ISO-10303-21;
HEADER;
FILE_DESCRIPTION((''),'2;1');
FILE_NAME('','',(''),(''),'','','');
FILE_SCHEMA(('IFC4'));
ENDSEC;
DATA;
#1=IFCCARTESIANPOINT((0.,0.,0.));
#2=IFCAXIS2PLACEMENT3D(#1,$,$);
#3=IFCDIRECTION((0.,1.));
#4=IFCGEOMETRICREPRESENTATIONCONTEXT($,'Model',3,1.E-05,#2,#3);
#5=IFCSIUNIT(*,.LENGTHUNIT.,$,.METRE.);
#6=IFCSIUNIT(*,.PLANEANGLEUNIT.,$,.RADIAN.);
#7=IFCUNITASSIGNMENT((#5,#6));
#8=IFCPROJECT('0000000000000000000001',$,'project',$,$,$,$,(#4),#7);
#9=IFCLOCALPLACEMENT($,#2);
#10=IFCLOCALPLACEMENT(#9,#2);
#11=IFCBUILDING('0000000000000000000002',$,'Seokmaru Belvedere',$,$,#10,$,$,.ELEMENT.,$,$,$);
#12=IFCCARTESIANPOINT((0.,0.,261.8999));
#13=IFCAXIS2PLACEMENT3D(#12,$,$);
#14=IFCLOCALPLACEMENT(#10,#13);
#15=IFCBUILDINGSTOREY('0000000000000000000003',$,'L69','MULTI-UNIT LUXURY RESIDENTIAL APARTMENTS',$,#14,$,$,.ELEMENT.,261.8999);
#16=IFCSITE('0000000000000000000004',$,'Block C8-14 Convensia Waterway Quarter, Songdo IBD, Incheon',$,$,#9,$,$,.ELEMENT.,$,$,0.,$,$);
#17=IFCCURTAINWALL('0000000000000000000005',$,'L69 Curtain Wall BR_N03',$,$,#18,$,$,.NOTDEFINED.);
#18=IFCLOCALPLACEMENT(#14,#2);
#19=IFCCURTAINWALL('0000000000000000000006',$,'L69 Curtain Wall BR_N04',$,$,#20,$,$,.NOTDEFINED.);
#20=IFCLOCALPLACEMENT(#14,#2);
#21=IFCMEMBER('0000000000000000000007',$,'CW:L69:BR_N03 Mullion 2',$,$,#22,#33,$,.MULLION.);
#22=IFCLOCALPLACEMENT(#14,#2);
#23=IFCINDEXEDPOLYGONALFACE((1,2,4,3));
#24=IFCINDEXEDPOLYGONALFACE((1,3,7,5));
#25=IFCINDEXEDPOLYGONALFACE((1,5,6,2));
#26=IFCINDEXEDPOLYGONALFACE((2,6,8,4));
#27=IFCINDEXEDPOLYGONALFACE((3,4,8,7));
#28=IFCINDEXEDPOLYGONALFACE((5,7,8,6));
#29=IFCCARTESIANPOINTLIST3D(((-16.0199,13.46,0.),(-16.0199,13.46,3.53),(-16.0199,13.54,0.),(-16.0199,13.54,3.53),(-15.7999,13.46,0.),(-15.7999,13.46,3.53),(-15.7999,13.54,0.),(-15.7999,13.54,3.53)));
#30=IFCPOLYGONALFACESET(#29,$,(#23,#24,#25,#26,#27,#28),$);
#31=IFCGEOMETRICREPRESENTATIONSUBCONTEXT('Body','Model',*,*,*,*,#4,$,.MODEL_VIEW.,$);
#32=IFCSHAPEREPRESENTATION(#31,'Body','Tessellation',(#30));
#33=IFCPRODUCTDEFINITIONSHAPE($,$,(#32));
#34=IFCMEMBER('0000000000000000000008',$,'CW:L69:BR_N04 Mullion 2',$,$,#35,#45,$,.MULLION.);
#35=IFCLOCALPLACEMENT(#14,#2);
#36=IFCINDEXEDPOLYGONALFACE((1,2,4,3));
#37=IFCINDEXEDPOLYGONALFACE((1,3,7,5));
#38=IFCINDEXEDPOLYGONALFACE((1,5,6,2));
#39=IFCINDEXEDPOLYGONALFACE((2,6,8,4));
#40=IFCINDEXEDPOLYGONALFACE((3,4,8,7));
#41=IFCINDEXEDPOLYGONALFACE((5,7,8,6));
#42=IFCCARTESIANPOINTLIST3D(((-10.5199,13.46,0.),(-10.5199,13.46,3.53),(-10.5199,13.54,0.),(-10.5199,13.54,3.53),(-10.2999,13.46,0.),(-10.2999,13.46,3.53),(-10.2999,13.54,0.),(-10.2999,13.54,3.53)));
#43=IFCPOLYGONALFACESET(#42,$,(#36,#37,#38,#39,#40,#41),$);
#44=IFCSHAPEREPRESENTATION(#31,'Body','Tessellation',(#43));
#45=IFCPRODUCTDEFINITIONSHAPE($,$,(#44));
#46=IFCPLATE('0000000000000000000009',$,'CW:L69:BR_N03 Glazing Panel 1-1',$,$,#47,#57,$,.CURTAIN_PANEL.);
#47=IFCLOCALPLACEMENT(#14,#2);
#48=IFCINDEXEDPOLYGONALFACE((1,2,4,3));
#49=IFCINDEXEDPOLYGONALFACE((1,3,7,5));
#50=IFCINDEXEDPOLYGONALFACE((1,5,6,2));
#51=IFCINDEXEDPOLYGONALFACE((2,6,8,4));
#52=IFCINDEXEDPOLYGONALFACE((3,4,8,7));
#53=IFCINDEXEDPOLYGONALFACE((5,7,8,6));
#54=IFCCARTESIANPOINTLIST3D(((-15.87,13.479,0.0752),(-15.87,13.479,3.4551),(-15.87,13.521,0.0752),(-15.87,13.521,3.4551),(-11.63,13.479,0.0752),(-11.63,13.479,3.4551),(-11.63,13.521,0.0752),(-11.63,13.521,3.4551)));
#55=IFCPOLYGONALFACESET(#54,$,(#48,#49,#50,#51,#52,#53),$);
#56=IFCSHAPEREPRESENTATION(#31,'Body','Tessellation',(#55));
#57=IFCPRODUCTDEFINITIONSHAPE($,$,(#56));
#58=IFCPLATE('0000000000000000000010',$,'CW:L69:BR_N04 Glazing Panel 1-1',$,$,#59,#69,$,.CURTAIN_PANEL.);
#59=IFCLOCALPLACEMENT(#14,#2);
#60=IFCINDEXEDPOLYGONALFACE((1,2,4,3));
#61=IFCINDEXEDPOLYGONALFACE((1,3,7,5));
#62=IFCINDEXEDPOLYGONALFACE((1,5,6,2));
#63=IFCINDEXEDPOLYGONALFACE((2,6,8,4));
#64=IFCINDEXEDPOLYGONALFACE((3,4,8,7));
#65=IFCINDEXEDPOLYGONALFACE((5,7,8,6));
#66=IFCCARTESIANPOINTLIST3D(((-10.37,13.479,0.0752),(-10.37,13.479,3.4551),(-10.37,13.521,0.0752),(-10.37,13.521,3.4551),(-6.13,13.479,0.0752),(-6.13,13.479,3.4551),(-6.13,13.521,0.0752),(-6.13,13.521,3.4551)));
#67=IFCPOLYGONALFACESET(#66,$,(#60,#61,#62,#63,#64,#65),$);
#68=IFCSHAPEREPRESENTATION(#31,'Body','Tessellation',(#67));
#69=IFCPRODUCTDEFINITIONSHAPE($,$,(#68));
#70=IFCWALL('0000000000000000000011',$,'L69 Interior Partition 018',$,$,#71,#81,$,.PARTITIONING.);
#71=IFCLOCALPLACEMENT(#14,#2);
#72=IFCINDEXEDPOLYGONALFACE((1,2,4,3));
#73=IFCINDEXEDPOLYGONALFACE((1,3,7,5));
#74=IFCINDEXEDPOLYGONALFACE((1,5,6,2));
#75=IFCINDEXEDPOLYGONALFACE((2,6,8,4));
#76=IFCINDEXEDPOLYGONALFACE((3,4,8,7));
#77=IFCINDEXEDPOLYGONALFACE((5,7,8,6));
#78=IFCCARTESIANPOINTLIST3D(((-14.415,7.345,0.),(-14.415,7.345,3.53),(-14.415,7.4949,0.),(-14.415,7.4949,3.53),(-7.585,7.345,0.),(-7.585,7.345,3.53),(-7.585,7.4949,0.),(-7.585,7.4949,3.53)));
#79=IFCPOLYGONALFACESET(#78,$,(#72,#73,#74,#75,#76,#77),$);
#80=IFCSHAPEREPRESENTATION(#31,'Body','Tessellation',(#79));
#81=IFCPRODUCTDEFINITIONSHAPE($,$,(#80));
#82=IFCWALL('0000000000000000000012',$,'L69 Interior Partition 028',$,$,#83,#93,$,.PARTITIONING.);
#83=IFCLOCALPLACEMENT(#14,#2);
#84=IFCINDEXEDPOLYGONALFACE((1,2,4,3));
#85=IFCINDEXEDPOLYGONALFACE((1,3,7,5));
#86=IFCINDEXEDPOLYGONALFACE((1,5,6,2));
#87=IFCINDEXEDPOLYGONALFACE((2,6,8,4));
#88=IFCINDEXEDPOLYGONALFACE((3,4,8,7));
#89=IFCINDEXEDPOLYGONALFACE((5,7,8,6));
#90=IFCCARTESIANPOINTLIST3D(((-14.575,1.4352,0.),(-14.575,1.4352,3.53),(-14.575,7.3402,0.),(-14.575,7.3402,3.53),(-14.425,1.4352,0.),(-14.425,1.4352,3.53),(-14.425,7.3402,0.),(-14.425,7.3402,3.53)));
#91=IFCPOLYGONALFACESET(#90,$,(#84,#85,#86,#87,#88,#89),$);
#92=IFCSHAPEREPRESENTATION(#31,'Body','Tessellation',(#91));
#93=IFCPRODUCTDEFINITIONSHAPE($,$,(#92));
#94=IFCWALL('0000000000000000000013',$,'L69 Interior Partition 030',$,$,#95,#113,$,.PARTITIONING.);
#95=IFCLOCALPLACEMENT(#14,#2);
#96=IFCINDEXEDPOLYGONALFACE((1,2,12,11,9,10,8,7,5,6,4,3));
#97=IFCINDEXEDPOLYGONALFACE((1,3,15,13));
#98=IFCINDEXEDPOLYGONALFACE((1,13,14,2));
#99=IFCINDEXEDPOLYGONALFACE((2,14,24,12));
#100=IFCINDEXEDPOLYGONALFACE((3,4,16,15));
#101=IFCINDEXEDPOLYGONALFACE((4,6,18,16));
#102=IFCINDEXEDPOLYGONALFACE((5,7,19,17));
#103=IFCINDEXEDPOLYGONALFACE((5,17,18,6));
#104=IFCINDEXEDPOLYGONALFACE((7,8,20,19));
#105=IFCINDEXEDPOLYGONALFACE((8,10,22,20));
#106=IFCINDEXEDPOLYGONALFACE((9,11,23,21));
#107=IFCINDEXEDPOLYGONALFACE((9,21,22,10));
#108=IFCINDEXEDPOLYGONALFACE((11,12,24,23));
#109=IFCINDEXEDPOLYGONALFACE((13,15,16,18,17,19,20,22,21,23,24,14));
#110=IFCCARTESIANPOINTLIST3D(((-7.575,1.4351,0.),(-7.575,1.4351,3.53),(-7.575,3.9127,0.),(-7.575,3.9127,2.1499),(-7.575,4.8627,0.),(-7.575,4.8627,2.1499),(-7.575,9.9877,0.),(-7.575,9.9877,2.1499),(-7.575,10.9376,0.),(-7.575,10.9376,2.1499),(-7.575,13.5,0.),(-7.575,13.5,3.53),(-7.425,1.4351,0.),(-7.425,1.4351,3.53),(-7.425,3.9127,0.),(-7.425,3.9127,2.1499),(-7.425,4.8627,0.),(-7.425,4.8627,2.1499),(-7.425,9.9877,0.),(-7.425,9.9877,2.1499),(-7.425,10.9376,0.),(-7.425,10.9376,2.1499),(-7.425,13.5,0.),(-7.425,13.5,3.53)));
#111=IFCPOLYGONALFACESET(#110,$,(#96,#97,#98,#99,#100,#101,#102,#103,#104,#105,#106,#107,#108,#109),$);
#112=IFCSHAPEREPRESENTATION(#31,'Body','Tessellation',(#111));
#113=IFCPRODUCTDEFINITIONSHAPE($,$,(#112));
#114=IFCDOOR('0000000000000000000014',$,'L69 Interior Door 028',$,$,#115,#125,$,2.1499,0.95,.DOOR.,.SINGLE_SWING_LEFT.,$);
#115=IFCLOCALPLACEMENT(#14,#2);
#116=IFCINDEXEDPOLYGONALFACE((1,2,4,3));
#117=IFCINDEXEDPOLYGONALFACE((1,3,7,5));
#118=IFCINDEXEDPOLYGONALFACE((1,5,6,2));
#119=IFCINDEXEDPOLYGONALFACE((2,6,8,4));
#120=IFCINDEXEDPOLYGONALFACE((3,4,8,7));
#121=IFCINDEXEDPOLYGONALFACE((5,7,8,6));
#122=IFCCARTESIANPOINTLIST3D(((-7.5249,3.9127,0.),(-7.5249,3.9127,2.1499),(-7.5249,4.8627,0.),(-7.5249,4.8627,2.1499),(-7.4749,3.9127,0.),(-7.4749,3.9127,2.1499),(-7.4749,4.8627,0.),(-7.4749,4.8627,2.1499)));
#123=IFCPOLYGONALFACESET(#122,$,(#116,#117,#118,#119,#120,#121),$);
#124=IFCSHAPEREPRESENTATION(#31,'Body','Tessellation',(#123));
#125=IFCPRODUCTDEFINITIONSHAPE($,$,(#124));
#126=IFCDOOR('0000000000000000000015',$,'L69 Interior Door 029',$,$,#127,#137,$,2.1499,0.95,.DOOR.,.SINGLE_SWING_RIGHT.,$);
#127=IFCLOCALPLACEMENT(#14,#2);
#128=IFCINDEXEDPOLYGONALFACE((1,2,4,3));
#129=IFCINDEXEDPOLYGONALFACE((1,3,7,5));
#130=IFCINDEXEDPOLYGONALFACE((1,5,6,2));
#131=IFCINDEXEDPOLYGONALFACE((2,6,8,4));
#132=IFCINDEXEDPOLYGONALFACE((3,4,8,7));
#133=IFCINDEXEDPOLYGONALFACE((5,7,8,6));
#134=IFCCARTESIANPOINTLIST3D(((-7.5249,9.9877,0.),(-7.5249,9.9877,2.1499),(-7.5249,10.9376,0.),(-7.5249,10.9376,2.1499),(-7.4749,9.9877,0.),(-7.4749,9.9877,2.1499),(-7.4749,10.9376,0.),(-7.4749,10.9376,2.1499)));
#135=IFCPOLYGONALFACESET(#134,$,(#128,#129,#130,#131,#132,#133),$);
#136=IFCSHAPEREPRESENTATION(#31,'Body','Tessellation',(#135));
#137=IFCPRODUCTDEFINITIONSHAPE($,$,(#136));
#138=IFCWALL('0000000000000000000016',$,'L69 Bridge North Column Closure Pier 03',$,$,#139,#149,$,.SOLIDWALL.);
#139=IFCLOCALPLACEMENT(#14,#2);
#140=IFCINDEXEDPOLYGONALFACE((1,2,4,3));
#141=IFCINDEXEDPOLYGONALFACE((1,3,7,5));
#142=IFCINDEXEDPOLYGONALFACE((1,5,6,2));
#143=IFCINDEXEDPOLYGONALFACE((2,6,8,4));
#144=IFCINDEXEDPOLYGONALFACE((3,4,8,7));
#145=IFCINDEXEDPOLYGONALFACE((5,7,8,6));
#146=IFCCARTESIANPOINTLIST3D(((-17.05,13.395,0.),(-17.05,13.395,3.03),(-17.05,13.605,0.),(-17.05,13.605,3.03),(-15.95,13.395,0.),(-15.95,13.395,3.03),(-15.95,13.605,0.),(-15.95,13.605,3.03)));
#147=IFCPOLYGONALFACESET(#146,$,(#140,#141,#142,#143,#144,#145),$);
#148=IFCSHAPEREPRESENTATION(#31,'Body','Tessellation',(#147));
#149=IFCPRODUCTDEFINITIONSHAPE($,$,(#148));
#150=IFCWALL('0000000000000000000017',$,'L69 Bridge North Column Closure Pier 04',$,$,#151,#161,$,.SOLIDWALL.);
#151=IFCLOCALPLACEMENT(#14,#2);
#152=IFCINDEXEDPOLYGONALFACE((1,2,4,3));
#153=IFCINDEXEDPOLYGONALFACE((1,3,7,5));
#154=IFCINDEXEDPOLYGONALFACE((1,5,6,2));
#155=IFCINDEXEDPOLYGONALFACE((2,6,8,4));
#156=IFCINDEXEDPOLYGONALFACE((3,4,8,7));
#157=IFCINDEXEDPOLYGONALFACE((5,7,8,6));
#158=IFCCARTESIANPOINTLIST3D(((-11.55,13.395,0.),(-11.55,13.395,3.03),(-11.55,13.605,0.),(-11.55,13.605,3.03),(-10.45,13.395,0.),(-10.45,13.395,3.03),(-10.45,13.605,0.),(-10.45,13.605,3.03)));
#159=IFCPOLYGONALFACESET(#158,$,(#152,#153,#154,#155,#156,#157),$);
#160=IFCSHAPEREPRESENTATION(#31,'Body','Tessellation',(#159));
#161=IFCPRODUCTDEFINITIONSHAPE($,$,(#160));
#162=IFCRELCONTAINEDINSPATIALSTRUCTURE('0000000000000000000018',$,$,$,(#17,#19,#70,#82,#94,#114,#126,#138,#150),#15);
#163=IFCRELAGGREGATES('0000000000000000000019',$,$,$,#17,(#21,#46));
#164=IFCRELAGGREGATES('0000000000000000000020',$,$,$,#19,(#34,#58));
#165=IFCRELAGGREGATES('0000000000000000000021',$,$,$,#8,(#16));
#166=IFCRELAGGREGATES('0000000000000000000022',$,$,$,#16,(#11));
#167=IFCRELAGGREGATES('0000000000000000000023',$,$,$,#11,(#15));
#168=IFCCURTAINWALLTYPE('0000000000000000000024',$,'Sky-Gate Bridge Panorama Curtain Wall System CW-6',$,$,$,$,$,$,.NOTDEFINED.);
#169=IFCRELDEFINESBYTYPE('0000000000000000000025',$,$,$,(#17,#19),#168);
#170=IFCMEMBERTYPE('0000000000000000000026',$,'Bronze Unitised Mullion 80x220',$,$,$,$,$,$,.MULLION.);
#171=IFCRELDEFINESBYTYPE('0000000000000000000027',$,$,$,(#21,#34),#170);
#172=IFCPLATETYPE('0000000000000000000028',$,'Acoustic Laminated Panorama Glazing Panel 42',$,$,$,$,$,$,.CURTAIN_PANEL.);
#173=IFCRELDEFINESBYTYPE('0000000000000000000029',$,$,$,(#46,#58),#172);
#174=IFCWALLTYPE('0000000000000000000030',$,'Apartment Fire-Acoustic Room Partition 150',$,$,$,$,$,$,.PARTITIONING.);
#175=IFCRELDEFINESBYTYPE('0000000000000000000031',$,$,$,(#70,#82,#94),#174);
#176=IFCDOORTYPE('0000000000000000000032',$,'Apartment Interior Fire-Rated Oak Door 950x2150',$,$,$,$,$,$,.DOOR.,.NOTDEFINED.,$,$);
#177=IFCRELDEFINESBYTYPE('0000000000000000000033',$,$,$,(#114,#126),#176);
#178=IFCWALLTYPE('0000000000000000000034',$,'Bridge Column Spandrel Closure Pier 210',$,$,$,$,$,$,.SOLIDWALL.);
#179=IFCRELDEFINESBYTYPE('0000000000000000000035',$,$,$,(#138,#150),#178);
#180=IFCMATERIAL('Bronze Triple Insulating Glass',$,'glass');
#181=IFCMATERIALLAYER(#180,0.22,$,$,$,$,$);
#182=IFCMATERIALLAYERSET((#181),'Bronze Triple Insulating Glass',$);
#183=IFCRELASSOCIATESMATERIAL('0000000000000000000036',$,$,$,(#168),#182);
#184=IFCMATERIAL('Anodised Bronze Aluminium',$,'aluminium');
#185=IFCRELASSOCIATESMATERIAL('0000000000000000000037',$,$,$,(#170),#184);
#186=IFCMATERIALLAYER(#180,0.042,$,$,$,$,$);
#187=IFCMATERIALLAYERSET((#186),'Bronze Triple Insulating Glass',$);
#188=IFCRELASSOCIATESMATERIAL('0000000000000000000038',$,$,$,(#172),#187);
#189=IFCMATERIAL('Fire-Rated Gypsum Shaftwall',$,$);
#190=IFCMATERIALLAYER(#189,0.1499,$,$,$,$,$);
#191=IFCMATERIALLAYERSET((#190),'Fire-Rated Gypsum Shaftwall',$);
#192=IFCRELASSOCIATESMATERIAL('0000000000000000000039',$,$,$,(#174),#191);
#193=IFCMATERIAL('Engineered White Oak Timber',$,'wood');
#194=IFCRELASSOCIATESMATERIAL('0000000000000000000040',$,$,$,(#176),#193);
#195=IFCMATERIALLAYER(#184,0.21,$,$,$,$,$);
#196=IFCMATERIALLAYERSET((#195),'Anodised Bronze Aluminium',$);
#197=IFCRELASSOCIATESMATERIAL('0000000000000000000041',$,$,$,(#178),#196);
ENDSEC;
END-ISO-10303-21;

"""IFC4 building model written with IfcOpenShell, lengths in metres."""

from ifc_helpers import new_model, si_unit, direction, frame, frame_2d, origin, origin_2d, place, context, subcontext, project, spatial, rectangle, extrude, source, transform, mapped, material, layer, layer_set, material_profile, profile_set, type_object, type_shapes, element, fill, aggregate, save


model = new_model("IFC4")

# Units and contexts
model_context = context("Model", 3, precision=1e-05, world=origin(), true_north=direction((0.0, 1.0)))
body_context = subcontext(model_context, "Body", "Model", "MODEL_VIEW")
ifc_project = project(units=[si_unit("LENGTHUNIT", "METRE"), si_unit("PLANEANGLEUNIT", "RADIAN")], contexts=[model_context])

# Site, building, storey
site_placement = place(None, origin())
site = spatial("IfcSite", under=ifc_project, at=site_placement, Name="Block C8-14 Convensia Waterway Quarter, Songdo IBD, Incheon", CompositionType="ELEMENT", RefElevation=0.0)
building_placement = place(site_placement, origin())
building = spatial("IfcBuilding", under=site, at=building_placement, Name="Seokmaru Belvedere", CompositionType="ELEMENT")
storey_placement = place(building_placement, frame((0.0, 0.0, 261.8999)))
storey = spatial("IfcBuildingStorey", under=building, at=storey_placement, Name="L69", Description="MULTI-UNIT LUXURY RESIDENTIAL APARTMENTS", CompositionType="ELEMENT", Elevation=261.8999)

# Curtain wall
ifc_material_1 = material(Name="Bronze Triple Insulating Glass", Category="glass")
ifc_layer_1 = layer(ifc_material_1, 0.22)
ifc_layer_set_1 = layer_set([ifc_layer_1], Name="Bronze Triple Insulating Glass")
curtain_wall_type = type_object("IfcCurtainWallType", Name="Sky-Gate Bridge Panorama Curtain Wall System CW-6", PredefinedType="NOTDEFINED", material=ifc_layer_set_1)
curtain_wall_1_placement = place(storey_placement, origin())
curtain_wall_1 = element("IfcCurtainWall", 1, at=curtain_wall_1_placement, inside=storey, type_object=curtain_wall_type, Name="L69 Curtain Wall BR_N03", PredefinedType="NOTDEFINED")
ifc_material_2 = material(Name="Anodised Bronze Aluminium", Category="aluminium")

# Curtain wall
curtain_wall_2_placement = place(storey_placement, origin())
curtain_wall_2 = element("IfcCurtainWall", 2, at=curtain_wall_2_placement, inside=storey, type_object=curtain_wall_type, Name="L69 Curtain Wall BR_N04", PredefinedType="NOTDEFINED")
ifc_material_profile_1 = material_profile(ifc_material_2, rectangle(XDim=0.0801, YDim=0.22, at=origin_2d()), Name="CW-M-80x220")
ifc_profile_set_1 = profile_set([ifc_material_profile_1], Name="Anodised Bronze Aluminium")
member_type_1 = type_object("IfcMemberType", Name="Bronze Unitised Mullion 80x220", PredefinedType="MULLION", material=ifc_profile_set_1)
shared_shape_1 = source(origin(), body_context, "Body", "SweptSolid", [
    extrude(rectangle(XDim=0.0801, YDim=0.22, at=origin_2d()), origin(), (0.0, 0.0, 1.0), 3.53),
])
type_shapes(member_type_1, [shared_shape_1])

# Members
member_1_placement = place(storey_placement, frame((-15.9099, 13.5, 0.0), z_axis=(0.0, 0.0, 1.0), x_axis=(0.0, -1.0, 0.0)))
member_1 = element("IfcMember", 3, at=member_1_placement, type_object=member_type_1, Name="CW:L69:BR_N03 Mullion 2", PredefinedType="MULLION", context=body_context, shape_type="MappedRepresentation", body=[
    mapped(shared_shape_1, transform((0.0, 0.0, 0.0), scale=1.0)),
])
member_2_placement = place(storey_placement, frame((-10.4099, 13.5, 0.0), z_axis=(0.0, 0.0, 1.0), x_axis=(0.0, -1.0, 0.0)))
member_2 = element("IfcMember", 4, at=member_2_placement, type_object=member_type_1, Name="CW:L69:BR_N04 Mullion 2", PredefinedType="MULLION", context=body_context, shape_type="MappedRepresentation", body=[
    mapped(shared_shape_1, transform((0.0, 0.0, 0.0), scale=1.0)),
])

# Plates
ifc_layer_2 = layer(ifc_material_1, 0.042)
ifc_layer_set_2 = layer_set([ifc_layer_2], Name="Bronze Triple Insulating Glass")
plate_type = type_object("IfcPlateType", Name="Acoustic Laminated Panorama Glazing Panel 42", PredefinedType="CURTAIN_PANEL", material=ifc_layer_set_2)
shared_shape_2 = source(origin(), body_context, "Body", "SweptSolid", [
    extrude(rectangle(XDim=4.24, YDim=0.042, at=origin_2d()), origin(), (0.0, 0.0, 1.0), 3.3799),
])
type_shapes(plate_type, [shared_shape_2])
plate_1_placement = place(storey_placement, frame((-13.75, 13.5, 0.0752), z_axis=(0.0, 0.0, 1.0), x_axis=(-1.0, 0.0, 0.0)))
plate_1 = element("IfcPlate", 5, at=plate_1_placement, type_object=plate_type, Name="CW:L69:BR_N03 Glazing Panel 1-1", PredefinedType="CURTAIN_PANEL", context=body_context, shape_type="MappedRepresentation", body=[
    mapped(shared_shape_2, transform((0.0, 0.0, 0.0), scale=1.0)),
])
aggregate(curtain_wall_1, [member_1, plate_1])
plate_2_placement = place(storey_placement, frame((-8.25, 13.5, 0.0752), z_axis=(0.0, 0.0, 1.0), x_axis=(-1.0, 0.0, 0.0)))
plate_2 = element("IfcPlate", 6, at=plate_2_placement, type_object=plate_type, Name="CW:L69:BR_N04 Glazing Panel 1-1", PredefinedType="CURTAIN_PANEL", context=body_context, shape_type="MappedRepresentation", body=[
    mapped(shared_shape_2, transform((0.0, 0.0, 0.0), scale=1.0)),
])
aggregate(curtain_wall_2, [member_2, plate_2])

# Walls
ifc_material_3 = material(Name="Fire-Rated Gypsum Shaftwall")
ifc_layer_3 = layer(ifc_material_3, 0.1499)
ifc_layer_set_3 = layer_set([ifc_layer_3], Name="Fire-Rated Gypsum Shaftwall")
wall_type_1 = type_object("IfcWallType", Name="Apartment Fire-Acoustic Room Partition 150", PredefinedType="PARTITIONING", material=ifc_layer_set_3)
wall_1_placement = place(storey_placement, frame((-14.415, 7.4199, 0.0), z_axis=(0.0, 0.0, 1.0), x_axis=(1.0, 0.0, 0.0)))
element("IfcWall", 7, at=wall_1_placement, inside=storey, type_object=wall_type_1, Name="L69 Interior Partition 018", PredefinedType="PARTITIONING", context=body_context, shape_type="SweptSolid", body=[
    extrude(rectangle(XDim=6.8301, YDim=0.1499, at=frame_2d((3.415, 0.0))), origin(), (0.0, 0.0, 1.0), 3.53),
])
wall_2_placement = place(storey_placement, frame((-14.5, 1.4351, 0.0), z_axis=(0.0, 0.0, 1.0), x_axis=(0.0, 1.0, 0.0)))
element("IfcWall", 8, at=wall_2_placement, inside=storey, type_object=wall_type_1, Name="L69 Interior Partition 028", PredefinedType="PARTITIONING", context=body_context, shape_type="SweptSolid", body=[
    extrude(rectangle(XDim=5.905, YDim=0.1499, at=frame_2d((2.9526, 0.0))), origin(), (0.0, 0.0, 1.0), 3.53),
])

# Wall, openings, doors
wall_3_placement = place(storey_placement, frame((-7.5, 1.4351, 0.0), z_axis=(0.0, 0.0, 1.0), x_axis=(0.0, 1.0, 0.0)))
wall_3 = element("IfcWall", 9, at=wall_3_placement, inside=storey, type_object=wall_type_1, Name="L69 Interior Partition 030", PredefinedType="PARTITIONING", context=body_context, shape_type="SweptSolid", body=[
    extrude(rectangle(XDim=12.0649, YDim=0.1499, at=frame_2d((6.0325, 0.0))), origin(), (0.0, 0.0, 1.0), 3.53),
])
opening_1_placement = place(wall_3_placement, frame((2.4775, 0.0, 0.0)))
opening_1 = element("IfcOpeningElement", 10, at=opening_1_placement, cuts=wall_3, PredefinedType="OPENING", context=body_context, shape_type="SweptSolid", body=[
    extrude(rectangle(XDim=0.95, YDim=2.1499, at=frame_2d((0.4751, 1.075))), frame((0.0, 0.085, 0.0), z_axis=(0.0, -1.0, 0.0), x_axis=(1.0, 0.0, 0.0)), (0.0, 0.0, 1.0), 0.1699),
])
opening_2_placement = place(wall_3_placement, frame((8.5525, 0.0, 0.0)))
opening_2 = element("IfcOpeningElement", 11, at=opening_2_placement, cuts=wall_3, PredefinedType="OPENING", context=body_context, shape_type="SweptSolid", body=[
    extrude(rectangle(XDim=0.95, YDim=2.1499, at=frame_2d((0.4751, 1.075))), frame((0.0, 0.085, 0.0), z_axis=(0.0, -1.0, 0.0), x_axis=(1.0, 0.0, 0.0)), (0.0, 0.0, 1.0), 0.1699),
])
ifc_material_4 = material(Name="Engineered White Oak Timber", Category="wood")
door_type = type_object("IfcDoorType", Name="Apartment Interior Fire-Rated Oak Door 950x2150", OperationType="NOTDEFINED", PredefinedType="DOOR", material=ifc_material_4)
shared_shape_3 = source(origin(), body_context, "Body", "SweptSolid", [
    extrude(rectangle(XDim=0.95, YDim=2.1499, at=frame_2d((0.4751, 1.075))), frame((0.0, 0.0249, 0.0), z_axis=(0.0, -1.0, 0.0), x_axis=(1.0, 0.0, 0.0)), (0.0, 0.0, 1.0), 0.05),
])
type_shapes(door_type, [shared_shape_3])
door_1_placement = place(opening_1_placement, origin())
door_1 = element("IfcDoor", 12, at=door_1_placement, inside=storey, type_object=door_type, Name="L69 Interior Door 028", OperationType="SINGLE_SWING_LEFT", OverallHeight=2.1499, OverallWidth=0.95, PredefinedType="DOOR", context=body_context, shape_type="MappedRepresentation", body=[
    mapped(shared_shape_3, transform((0.0, 0.0, 0.0), scale=1.0)),
])
fill(opening_1, door_1)
door_2_placement = place(opening_2_placement, origin())
door_2 = element("IfcDoor", 13, at=door_2_placement, inside=storey, type_object=door_type, Name="L69 Interior Door 029", OperationType="SINGLE_SWING_RIGHT", OverallHeight=2.1499, OverallWidth=0.95, PredefinedType="DOOR", context=body_context, shape_type="MappedRepresentation", body=[
    mapped(shared_shape_3, transform((0.0, 0.0, 0.0), scale=1.0)),
])
fill(opening_2, door_2)

# Walls
ifc_layer_4 = layer(ifc_material_2, 0.21)
ifc_layer_set_4 = layer_set([ifc_layer_4], Name="Anodised Bronze Aluminium")
wall_type_2 = type_object("IfcWallType", Name="Bridge Column Spandrel Closure Pier 210", PredefinedType="SOLIDWALL", material=ifc_layer_set_4)
for number, where, z_axis, x_axis, name in (
    (14, (-17.05, 13.5, 0.0), (0.0, 0.0, 1.0), (1.0, 0.0, 0.0), "L69 Bridge North Column Closure Pier 03"),
    (15, (-11.55, 13.5, 0.0), (0.0, 0.0, 1.0), (1.0, 0.0, 0.0), "L69 Bridge North Column Closure Pier 04"),
):
    element("IfcWall", number, at=place(storey_placement, frame(where, z_axis=z_axis, x_axis=x_axis)), inside=storey, type_object=wall_type_2, Name=name, PredefinedType="SOLIDWALL", context=body_context, shape_type="SweptSolid", body=[
        extrude(rectangle(XDim=1.1001, YDim=0.21, at=frame_2d((0.55, 0.0))), origin(), (0.0, 0.0, 1.0), 3.03),
    ])

save(model, "model.ifc")
